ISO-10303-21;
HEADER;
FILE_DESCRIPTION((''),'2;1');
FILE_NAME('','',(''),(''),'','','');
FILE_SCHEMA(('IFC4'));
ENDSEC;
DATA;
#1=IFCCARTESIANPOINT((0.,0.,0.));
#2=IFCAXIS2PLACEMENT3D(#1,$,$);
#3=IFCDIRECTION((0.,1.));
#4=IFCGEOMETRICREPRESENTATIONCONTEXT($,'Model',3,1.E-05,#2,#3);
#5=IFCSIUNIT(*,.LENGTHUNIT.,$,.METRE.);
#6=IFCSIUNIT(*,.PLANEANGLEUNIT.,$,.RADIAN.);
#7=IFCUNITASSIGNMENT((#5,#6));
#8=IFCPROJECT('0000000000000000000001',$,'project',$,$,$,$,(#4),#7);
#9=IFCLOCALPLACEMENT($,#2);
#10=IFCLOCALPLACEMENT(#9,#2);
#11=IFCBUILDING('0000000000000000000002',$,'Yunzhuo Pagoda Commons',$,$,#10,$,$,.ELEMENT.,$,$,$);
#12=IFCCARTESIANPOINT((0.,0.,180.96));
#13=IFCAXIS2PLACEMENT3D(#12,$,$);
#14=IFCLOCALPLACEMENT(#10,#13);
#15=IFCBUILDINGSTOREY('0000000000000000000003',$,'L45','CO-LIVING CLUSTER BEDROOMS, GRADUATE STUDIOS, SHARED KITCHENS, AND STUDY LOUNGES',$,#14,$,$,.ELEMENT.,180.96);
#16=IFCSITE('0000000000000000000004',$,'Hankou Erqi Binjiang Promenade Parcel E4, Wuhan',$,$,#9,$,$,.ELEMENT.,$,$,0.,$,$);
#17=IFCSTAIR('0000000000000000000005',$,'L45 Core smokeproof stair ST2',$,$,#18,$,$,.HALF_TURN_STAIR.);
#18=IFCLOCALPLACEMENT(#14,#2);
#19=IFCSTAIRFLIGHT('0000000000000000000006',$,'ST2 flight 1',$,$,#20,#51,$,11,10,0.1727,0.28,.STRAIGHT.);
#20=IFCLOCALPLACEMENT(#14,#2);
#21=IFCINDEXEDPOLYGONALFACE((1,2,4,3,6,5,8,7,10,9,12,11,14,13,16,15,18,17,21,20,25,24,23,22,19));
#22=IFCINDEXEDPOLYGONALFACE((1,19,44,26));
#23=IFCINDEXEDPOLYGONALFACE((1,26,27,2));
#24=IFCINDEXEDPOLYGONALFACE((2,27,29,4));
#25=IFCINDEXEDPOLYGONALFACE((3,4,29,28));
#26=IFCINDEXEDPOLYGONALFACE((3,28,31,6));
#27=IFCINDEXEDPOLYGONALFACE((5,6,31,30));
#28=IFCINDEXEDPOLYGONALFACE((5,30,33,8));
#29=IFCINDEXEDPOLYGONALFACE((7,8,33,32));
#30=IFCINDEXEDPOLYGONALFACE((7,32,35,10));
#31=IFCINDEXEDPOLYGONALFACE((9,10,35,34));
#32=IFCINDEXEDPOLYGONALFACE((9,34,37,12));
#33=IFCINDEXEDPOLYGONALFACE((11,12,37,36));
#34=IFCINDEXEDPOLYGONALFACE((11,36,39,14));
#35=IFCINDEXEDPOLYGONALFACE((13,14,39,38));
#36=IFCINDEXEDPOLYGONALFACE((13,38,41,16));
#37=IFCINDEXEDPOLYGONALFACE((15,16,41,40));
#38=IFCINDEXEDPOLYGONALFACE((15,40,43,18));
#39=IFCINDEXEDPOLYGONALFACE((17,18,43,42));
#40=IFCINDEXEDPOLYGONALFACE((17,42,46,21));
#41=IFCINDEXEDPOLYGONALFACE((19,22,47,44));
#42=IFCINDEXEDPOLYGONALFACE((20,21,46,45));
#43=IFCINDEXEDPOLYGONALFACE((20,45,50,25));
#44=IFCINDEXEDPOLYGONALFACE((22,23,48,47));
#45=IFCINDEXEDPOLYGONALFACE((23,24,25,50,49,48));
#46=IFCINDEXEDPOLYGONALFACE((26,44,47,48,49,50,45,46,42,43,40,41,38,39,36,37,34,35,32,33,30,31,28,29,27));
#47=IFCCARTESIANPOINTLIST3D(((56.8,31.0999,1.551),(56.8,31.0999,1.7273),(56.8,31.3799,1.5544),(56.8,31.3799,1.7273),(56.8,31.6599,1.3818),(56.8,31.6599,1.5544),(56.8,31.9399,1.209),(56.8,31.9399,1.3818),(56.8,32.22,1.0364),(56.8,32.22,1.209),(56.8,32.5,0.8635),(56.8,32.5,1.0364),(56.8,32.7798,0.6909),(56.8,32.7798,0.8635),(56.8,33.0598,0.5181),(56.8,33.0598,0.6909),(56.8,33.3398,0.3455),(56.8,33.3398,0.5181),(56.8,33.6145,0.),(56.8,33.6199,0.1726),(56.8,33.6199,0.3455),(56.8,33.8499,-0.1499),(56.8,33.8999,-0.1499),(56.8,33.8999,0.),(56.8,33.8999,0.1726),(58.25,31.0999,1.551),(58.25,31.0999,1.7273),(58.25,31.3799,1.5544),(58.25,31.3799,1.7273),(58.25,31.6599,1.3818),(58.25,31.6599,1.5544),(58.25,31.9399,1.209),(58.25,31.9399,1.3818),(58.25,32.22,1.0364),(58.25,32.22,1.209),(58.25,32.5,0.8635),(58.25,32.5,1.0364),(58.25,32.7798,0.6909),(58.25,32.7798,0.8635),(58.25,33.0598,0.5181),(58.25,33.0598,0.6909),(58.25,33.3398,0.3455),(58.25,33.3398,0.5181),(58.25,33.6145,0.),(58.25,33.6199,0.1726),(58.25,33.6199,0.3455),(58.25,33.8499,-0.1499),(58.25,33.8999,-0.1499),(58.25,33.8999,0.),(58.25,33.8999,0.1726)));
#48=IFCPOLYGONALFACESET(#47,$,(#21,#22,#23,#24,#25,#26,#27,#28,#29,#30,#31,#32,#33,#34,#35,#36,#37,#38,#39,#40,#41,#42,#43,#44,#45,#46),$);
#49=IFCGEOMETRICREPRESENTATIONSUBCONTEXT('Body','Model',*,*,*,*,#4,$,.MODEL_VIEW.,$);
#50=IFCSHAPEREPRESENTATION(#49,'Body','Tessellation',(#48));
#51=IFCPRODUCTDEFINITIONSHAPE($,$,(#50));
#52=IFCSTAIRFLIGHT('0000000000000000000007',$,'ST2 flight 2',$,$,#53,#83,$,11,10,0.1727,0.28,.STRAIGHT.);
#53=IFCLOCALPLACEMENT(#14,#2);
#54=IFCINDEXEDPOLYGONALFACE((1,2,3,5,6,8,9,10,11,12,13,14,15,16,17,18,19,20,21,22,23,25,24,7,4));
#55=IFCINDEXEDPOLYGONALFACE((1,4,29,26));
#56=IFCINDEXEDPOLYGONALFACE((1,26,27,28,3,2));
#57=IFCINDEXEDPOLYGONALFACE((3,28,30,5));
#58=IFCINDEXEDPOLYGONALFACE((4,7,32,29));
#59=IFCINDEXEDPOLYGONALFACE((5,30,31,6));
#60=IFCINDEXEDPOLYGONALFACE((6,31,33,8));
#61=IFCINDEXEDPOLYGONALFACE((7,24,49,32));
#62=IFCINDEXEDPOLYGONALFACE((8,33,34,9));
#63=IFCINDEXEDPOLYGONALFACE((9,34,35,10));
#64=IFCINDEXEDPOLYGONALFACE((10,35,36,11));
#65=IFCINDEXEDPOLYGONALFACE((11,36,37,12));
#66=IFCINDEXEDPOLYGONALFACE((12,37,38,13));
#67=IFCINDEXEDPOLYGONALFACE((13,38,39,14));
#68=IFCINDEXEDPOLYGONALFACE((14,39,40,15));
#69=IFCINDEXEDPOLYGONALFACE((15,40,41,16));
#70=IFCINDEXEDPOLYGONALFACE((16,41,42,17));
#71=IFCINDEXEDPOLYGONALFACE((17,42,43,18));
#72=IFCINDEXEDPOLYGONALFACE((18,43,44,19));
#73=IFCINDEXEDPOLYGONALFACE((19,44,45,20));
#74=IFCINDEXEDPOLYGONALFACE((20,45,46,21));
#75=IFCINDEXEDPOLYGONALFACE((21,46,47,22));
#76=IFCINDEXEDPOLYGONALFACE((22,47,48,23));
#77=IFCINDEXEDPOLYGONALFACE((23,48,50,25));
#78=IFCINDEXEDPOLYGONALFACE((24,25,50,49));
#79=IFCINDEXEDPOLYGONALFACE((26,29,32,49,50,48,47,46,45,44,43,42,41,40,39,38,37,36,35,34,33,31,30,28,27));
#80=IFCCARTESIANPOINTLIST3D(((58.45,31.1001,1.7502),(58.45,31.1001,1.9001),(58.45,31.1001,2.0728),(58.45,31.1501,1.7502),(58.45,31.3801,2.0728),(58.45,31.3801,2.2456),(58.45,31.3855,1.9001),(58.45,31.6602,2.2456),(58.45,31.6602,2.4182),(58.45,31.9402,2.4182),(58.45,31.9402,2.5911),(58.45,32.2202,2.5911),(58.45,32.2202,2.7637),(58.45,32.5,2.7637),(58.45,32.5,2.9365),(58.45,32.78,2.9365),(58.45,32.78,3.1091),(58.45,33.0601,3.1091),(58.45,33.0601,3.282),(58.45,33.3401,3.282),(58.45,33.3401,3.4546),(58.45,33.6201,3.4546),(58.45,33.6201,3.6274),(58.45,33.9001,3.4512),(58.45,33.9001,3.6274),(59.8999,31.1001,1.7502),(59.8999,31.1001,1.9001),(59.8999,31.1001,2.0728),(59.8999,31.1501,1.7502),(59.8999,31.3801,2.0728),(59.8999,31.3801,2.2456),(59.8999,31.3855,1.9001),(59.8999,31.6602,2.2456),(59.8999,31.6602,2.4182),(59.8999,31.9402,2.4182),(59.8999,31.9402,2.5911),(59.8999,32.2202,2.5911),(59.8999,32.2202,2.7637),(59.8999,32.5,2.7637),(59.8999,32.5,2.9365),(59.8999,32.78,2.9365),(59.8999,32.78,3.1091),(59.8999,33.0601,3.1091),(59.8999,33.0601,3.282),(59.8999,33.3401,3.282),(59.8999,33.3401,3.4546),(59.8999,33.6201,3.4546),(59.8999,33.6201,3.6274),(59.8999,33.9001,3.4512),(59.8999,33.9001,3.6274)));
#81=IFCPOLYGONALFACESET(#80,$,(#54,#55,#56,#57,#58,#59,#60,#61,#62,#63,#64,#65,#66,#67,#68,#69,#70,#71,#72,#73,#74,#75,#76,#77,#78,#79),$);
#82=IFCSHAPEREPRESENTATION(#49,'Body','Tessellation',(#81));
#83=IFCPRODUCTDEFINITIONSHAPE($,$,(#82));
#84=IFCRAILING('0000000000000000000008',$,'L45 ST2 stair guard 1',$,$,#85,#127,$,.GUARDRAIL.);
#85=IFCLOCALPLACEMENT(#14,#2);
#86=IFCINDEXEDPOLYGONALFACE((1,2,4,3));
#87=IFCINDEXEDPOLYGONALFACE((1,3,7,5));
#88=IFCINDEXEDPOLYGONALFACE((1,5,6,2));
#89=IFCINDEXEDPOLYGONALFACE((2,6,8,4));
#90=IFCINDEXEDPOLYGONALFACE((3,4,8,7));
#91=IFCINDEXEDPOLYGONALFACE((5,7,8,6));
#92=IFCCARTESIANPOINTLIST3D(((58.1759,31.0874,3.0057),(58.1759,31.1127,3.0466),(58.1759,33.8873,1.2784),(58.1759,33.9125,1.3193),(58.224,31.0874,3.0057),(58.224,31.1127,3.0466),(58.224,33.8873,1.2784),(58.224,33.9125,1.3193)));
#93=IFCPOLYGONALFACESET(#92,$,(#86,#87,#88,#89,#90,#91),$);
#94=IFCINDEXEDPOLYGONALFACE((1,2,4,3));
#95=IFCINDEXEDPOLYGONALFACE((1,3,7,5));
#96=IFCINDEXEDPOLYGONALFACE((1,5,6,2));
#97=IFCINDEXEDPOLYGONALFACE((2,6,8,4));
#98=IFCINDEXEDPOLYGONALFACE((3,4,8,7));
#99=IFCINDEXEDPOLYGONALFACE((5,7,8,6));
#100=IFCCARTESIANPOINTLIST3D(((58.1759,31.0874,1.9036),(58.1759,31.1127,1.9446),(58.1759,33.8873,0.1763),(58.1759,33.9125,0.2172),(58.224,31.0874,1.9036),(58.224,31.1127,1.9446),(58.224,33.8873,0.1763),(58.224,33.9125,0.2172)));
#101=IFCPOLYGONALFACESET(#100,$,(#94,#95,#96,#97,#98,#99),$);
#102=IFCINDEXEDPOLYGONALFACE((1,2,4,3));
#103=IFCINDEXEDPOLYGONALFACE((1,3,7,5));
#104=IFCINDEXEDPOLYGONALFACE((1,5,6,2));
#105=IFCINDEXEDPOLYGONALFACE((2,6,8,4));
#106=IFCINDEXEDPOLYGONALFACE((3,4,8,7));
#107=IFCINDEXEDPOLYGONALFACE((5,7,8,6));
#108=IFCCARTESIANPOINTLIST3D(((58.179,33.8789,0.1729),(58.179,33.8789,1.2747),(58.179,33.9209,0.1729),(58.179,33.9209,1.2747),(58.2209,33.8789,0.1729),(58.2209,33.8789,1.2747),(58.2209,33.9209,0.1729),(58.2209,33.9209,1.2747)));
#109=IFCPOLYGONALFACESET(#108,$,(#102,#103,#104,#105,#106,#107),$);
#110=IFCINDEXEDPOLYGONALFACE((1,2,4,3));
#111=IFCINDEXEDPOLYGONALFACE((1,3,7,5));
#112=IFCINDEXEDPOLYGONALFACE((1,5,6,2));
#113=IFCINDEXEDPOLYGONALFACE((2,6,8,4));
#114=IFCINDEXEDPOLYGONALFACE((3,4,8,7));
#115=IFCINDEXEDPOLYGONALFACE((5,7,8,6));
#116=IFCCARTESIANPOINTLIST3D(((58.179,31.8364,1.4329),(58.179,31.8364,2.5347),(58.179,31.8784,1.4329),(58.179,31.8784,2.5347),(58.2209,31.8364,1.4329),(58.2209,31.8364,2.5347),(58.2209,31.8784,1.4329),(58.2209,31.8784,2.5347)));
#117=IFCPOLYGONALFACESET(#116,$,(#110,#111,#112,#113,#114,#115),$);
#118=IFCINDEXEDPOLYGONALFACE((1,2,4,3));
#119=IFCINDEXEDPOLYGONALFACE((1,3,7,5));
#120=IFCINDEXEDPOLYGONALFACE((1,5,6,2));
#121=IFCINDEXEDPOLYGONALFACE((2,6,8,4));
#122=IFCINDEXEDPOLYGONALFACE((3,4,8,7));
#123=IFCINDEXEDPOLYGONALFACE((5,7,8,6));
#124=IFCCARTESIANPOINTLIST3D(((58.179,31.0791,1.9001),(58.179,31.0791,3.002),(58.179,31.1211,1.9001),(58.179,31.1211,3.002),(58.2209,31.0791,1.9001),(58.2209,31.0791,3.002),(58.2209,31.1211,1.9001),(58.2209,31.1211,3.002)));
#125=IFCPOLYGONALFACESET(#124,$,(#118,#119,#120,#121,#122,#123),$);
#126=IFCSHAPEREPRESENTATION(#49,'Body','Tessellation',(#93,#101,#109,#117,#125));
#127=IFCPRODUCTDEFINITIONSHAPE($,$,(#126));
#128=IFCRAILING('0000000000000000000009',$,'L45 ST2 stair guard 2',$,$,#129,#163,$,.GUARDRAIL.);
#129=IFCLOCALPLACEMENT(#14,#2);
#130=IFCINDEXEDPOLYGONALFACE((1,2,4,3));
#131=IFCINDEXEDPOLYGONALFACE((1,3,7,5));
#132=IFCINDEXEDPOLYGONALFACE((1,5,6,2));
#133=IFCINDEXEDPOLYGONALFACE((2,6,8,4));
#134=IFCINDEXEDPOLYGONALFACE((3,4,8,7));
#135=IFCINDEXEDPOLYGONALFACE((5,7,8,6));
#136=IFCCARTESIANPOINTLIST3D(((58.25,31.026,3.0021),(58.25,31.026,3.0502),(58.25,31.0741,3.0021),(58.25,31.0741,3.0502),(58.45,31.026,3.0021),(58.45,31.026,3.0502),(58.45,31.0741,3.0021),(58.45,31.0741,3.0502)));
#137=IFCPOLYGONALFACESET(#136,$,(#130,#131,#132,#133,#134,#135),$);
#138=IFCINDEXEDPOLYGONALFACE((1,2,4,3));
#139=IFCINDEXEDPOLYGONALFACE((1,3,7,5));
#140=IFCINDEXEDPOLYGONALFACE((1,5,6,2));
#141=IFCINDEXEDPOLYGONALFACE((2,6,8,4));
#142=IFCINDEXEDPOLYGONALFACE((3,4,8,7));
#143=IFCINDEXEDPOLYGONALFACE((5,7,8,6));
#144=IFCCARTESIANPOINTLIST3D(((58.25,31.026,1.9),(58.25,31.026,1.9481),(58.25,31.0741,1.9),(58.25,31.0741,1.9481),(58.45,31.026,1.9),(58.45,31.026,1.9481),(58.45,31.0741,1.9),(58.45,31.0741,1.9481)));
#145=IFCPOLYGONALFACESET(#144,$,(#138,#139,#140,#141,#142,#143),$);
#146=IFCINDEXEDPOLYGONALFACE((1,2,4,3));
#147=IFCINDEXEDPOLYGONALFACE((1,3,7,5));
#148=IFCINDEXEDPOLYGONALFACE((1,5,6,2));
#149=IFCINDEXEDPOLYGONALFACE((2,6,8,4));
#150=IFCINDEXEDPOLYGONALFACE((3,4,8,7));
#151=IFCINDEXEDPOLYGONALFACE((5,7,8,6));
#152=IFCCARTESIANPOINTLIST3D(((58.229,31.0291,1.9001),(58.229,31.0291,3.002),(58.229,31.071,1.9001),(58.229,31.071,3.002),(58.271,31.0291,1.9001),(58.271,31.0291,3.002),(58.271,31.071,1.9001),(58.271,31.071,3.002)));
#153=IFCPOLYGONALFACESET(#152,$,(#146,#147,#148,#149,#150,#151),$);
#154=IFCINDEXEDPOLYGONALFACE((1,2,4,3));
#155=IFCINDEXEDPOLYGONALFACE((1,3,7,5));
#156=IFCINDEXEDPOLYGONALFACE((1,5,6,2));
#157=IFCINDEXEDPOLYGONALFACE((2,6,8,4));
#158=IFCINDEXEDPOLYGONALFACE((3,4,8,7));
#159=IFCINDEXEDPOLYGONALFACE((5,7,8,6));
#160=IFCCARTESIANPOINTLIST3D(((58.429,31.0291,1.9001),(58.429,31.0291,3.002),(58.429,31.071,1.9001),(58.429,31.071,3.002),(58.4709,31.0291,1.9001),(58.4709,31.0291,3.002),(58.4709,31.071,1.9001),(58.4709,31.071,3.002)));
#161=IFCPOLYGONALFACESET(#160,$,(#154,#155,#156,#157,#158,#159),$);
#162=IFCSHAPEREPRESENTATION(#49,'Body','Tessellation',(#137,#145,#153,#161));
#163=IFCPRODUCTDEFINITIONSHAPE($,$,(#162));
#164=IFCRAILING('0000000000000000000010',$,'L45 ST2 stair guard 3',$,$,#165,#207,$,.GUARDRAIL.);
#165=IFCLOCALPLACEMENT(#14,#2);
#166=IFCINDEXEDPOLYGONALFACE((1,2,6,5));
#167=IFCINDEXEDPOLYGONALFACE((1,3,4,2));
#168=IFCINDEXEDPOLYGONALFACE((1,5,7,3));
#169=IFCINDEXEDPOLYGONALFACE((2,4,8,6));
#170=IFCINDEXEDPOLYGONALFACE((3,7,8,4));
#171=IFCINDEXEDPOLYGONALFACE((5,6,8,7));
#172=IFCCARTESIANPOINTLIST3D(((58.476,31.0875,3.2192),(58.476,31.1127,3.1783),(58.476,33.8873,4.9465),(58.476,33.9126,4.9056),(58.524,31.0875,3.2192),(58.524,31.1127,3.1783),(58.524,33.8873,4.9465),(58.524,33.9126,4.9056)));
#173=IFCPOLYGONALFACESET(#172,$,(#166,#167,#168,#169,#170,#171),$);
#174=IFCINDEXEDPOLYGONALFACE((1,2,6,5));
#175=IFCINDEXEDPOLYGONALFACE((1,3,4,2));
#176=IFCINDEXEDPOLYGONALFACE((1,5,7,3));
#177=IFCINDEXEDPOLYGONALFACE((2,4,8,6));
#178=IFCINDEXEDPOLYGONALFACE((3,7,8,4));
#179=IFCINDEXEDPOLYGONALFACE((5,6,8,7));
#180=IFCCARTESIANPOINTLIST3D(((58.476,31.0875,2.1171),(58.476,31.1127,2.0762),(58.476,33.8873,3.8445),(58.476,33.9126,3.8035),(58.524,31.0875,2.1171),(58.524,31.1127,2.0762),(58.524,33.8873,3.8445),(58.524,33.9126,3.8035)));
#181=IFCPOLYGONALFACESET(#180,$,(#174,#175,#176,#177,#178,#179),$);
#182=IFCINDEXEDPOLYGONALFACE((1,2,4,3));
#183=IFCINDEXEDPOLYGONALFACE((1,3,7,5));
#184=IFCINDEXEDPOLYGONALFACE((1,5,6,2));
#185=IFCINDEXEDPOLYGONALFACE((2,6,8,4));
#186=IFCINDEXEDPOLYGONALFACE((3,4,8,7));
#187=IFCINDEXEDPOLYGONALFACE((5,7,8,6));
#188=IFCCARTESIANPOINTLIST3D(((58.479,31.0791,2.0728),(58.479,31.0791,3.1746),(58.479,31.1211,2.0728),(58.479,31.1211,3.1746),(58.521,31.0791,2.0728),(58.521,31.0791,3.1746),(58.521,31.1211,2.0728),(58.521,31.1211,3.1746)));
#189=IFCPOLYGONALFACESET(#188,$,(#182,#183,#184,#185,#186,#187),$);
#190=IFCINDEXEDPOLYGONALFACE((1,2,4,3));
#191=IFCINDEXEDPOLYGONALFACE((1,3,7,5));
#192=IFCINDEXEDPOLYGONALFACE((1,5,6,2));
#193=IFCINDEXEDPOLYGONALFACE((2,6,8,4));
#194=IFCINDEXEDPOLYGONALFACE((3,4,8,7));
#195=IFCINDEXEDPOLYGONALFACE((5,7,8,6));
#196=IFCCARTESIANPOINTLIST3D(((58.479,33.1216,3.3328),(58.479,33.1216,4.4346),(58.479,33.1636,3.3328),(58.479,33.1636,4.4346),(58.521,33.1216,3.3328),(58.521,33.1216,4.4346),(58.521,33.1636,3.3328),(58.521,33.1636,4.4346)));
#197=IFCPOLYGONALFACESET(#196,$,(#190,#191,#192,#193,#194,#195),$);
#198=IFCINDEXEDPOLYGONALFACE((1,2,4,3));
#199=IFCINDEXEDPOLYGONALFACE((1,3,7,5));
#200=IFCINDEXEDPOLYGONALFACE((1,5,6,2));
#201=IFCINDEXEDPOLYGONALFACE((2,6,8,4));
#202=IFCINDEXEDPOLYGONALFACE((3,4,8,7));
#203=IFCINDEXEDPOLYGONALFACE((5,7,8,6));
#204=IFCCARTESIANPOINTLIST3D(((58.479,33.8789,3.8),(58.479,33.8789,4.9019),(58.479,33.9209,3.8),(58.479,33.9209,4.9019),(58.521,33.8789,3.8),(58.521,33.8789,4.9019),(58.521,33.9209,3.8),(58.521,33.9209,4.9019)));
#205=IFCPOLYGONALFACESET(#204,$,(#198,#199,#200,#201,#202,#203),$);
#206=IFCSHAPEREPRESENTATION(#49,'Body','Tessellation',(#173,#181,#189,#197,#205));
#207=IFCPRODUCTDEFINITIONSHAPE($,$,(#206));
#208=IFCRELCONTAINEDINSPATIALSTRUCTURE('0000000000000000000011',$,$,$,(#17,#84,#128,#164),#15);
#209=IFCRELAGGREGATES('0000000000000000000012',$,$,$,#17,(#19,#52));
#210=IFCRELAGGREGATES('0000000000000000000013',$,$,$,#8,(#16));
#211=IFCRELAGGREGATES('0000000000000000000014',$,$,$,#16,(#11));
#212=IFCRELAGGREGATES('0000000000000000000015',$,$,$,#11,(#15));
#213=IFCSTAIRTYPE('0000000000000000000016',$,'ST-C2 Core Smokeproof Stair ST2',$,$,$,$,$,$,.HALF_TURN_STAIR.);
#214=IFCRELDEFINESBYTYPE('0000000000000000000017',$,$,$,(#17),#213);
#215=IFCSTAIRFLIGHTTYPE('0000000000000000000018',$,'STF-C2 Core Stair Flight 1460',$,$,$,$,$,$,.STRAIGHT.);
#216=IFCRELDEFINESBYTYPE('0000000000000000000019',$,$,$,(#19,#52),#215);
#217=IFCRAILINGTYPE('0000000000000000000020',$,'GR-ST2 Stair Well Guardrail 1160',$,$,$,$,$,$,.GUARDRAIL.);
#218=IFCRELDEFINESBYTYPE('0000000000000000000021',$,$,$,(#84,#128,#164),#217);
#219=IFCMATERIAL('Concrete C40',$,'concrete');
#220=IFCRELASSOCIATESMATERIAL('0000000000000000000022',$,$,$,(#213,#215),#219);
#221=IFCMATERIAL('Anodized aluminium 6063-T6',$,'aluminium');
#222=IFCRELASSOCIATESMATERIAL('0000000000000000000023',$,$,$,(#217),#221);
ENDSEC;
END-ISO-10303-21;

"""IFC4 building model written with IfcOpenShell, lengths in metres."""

from ifc_helpers import new_model, si_unit, direction, frame, origin, origin_2d, place, context, subcontext, project, spatial, polyline, rectangle, outline, extrude, source, transform, mapped, material, type_object, element, aggregate, save


model = new_model("IFC4")

# Units and contexts
model_context = context("Model", 3, precision=1e-05, world=origin(), true_north=direction((0.0, 1.0)))
body_context = subcontext(model_context, "Body", "Model", "MODEL_VIEW")
ifc_project = project(units=[si_unit("LENGTHUNIT", "METRE"), si_unit("PLANEANGLEUNIT", "RADIAN")], contexts=[model_context])

# Site, building, storey
site_placement = place(None, origin())
site = spatial("IfcSite", under=ifc_project, at=site_placement, Name="Hankou Erqi Binjiang Promenade Parcel E4, Wuhan", CompositionType="ELEMENT", RefElevation=0.0)
building_placement = place(site_placement, origin())
building = spatial("IfcBuilding", under=site, at=building_placement, Name="Yunzhuo Pagoda Commons", CompositionType="ELEMENT")
storey_placement = place(building_placement, frame((0.0, 0.0, 180.96)))
storey = spatial("IfcBuildingStorey", under=building, at=storey_placement, Name="L45", Description="CO-LIVING CLUSTER BEDROOMS, GRADUATE STUDIOS, SHARED KITCHENS, AND STUDY LOUNGES", CompositionType="ELEMENT", Elevation=180.96)

# Shared definitions
ifc_material_1 = material(Name="Concrete C40", Category="concrete")

# Stair, stair flights
stair_type = type_object("IfcStairType", Name="ST-C2 Core Smokeproof Stair ST2", PredefinedType="HALF_TURN_STAIR", material=ifc_material_1)
stair_placement = place(storey_placement, origin())
stair = element("IfcStair", 1, at=stair_placement, inside=storey, type_object=stair_type, Name="L45 Core smokeproof stair ST2", PredefinedType="HALF_TURN_STAIR")
stair_flight_type = type_object("IfcStairFlightType", Name="STF-C2 Core Stair Flight 1460", PredefinedType="STRAIGHT", material=ifc_material_1)
shared_shape_1 = source(origin(), body_context, "Body", "SweptSolid", [
    extrude(outline(polyline([(0.0, -0.1499), (0.0, 0.0), (0.0, 0.1726), (0.28, 0.1726), (0.28, 0.3455), (0.5601, 0.3455), (0.5601, 0.5181), (0.8401, 0.5181), (0.8401, 0.6909), (1.1201, 0.6909), (1.1201, 0.8635), (1.3999, 0.8635), (1.3999, 1.0364), (1.6799, 1.0364), (1.6799, 1.209), (1.96, 1.209), (1.96, 1.3818), (2.24, 1.3818), (2.24, 1.5544), (2.52, 1.5544), (2.52, 1.7273), (2.8, 1.7273), (2.8, 1.8999), (2.8, 1.551), (0.2854, 0.0), (0.05, -0.1499), (0.0, -0.1499)])), frame((0.0, 0.7251, 0.0), z_axis=(0.0, -1.0, 0.0), x_axis=(1.0, 0.0, 0.0)), (0.0, 0.0, 1.0), 1.45),
])
stair_flight_1_placement = place(storey_placement, frame((57.5249, 33.8999, 0.0), z_axis=(0.0, 0.0, 1.0), x_axis=(0.0, -1.0, 0.0)))
stair_flight_1 = element("IfcStairFlight", 2, at=stair_flight_1_placement, type_object=stair_flight_type, Name="ST2 flight 1", NumberOfRisers=11, NumberOfTreads=10, PredefinedType="STRAIGHT", RiserHeight=0.1727, TreadLength=0.28, context=body_context, shape_type="MappedRepresentation", body=[
    mapped(shared_shape_1, transform((0.0, 0.0, 0.0), scale=1.0)),
])
stair_flight_2_placement = place(storey_placement, frame((59.175, 31.1001, 1.9001), z_axis=(0.0, 0.0, 1.0), x_axis=(0.0, 1.0, 0.0)))
stair_flight_2 = element("IfcStairFlight", 3, at=stair_flight_2_placement, type_object=stair_flight_type, Name="ST2 flight 2", NumberOfRisers=11, NumberOfTreads=10, PredefinedType="STRAIGHT", RiserHeight=0.1727, TreadLength=0.28, context=body_context, shape_type="MappedRepresentation", body=[
    mapped(shared_shape_1, transform((0.0, 0.0, 0.0), scale=1.0)),
])
aggregate(stair, [stair_flight_1, stair_flight_2])

# Railings
ifc_material_2 = material(Name="Anodized aluminium 6063-T6", Category="aluminium")
railing_type_1 = type_object("IfcRailingType", Name="GR-ST2 Stair Well Guardrail 1160", PredefinedType="GUARDRAIL", material=ifc_material_2)
railing_1_placement = place(storey_placement, frame((58.2, 33.8999, 0.1729)))
element("IfcRailing", 4, at=railing_1_placement, inside=storey, type_object=railing_type_1, Name="L45 ST2 stair guard 1", PredefinedType="GUARDRAIL", context=body_context, shape_type="SweptSolid", body=[
    extrude(rectangle(XDim=0.0481, YDim=0.0481, at=origin_2d()), frame((0.0, 0.0, 1.126), z_axis=(0.0, -0.851069, 0.525054), x_axis=(1.0, 0.0, 0.0)), (0.0, 0.0, 1.0), 3.2898),
    extrude(rectangle(XDim=0.0481, YDim=0.0481, at=origin_2d()), frame((0.0, 0.0, 0.0239), z_axis=(0.0, -0.851069, 0.525054), x_axis=(1.0, 0.0, 0.0)), (0.0, 0.0, 1.0), 3.2898),
    extrude(rectangle(XDim=0.042, YDim=0.042, at=origin_2d()), origin(), (0.0, 0.0, 1.0), 1.1018),
    extrude(rectangle(XDim=0.042, YDim=0.042, at=origin_2d()), frame((0.0, -2.0425, 1.26)), (0.0, 0.0, 1.0), 1.1018),
    extrude(rectangle(XDim=0.042, YDim=0.042, at=origin_2d()), frame((0.0, -2.7998, 1.7273)), (0.0, 0.0, 1.0), 1.1018),
])
railing_2_placement = place(storey_placement, frame((58.25, 31.05, 1.9001)))
element("IfcRailing", 5, at=railing_2_placement, inside=storey, type_object=railing_type_1, Name="L45 ST2 stair guard 2", PredefinedType="GUARDRAIL", context=body_context, shape_type="SweptSolid", body=[
    extrude(rectangle(XDim=0.0481, YDim=0.0481, at=origin_2d()), frame((0.0, 0.0, 1.126), z_axis=(1.0, 0.0, 0.0), x_axis=(0.0, 1.0, 0.0)), (0.0, 0.0, 1.0), 0.2),
    extrude(rectangle(XDim=0.0481, YDim=0.0481, at=origin_2d()), frame((0.0, 0.0, 0.0239), z_axis=(1.0, 0.0, 0.0), x_axis=(0.0, 1.0, 0.0)), (0.0, 0.0, 1.0), 0.2),
    extrude(rectangle(XDim=0.042, YDim=0.042, at=origin_2d()), origin(), (0.0, 0.0, 1.0), 1.1018),
    extrude(rectangle(XDim=0.042, YDim=0.042, at=origin_2d()), frame((0.2, 0.0, 0.0)), (0.0, 0.0, 1.0), 1.1018),
])
railing_3_placement = place(storey_placement, frame((58.5, 31.1001, 2.0728)))
element("IfcRailing", 6, at=railing_3_placement, inside=storey, type_object=railing_type_1, Name="L45 ST2 stair guard 3", PredefinedType="GUARDRAIL", context=body_context, shape_type="SweptSolid", body=[
    extrude(rectangle(XDim=0.0481, YDim=0.0481, at=origin_2d()), frame((0.0, 0.0, 1.126), z_axis=(0.0, 0.851069, 0.525054), x_axis=(-1.0, 0.0, 0.0)), (0.0, 0.0, 1.0), 3.2898),
    extrude(rectangle(XDim=0.0481, YDim=0.0481, at=origin_2d()), frame((0.0, 0.0, 0.0239), z_axis=(0.0, 0.851069, 0.525054), x_axis=(-1.0, 0.0, 0.0)), (0.0, 0.0, 1.0), 3.2898),
    extrude(rectangle(XDim=0.042, YDim=0.042, at=origin_2d()), origin(), (0.0, 0.0, 1.0), 1.1018),
    extrude(rectangle(XDim=0.042, YDim=0.042, at=origin_2d()), frame((0.0, 2.0425, 1.26)), (0.0, 0.0, 1.0), 1.1018),
    extrude(rectangle(XDim=0.042, YDim=0.042, at=origin_2d()), frame((0.0, 2.7998, 1.7273)), (0.0, 0.0, 1.0), 1.1018),
])

save(model, "model.ifc")
